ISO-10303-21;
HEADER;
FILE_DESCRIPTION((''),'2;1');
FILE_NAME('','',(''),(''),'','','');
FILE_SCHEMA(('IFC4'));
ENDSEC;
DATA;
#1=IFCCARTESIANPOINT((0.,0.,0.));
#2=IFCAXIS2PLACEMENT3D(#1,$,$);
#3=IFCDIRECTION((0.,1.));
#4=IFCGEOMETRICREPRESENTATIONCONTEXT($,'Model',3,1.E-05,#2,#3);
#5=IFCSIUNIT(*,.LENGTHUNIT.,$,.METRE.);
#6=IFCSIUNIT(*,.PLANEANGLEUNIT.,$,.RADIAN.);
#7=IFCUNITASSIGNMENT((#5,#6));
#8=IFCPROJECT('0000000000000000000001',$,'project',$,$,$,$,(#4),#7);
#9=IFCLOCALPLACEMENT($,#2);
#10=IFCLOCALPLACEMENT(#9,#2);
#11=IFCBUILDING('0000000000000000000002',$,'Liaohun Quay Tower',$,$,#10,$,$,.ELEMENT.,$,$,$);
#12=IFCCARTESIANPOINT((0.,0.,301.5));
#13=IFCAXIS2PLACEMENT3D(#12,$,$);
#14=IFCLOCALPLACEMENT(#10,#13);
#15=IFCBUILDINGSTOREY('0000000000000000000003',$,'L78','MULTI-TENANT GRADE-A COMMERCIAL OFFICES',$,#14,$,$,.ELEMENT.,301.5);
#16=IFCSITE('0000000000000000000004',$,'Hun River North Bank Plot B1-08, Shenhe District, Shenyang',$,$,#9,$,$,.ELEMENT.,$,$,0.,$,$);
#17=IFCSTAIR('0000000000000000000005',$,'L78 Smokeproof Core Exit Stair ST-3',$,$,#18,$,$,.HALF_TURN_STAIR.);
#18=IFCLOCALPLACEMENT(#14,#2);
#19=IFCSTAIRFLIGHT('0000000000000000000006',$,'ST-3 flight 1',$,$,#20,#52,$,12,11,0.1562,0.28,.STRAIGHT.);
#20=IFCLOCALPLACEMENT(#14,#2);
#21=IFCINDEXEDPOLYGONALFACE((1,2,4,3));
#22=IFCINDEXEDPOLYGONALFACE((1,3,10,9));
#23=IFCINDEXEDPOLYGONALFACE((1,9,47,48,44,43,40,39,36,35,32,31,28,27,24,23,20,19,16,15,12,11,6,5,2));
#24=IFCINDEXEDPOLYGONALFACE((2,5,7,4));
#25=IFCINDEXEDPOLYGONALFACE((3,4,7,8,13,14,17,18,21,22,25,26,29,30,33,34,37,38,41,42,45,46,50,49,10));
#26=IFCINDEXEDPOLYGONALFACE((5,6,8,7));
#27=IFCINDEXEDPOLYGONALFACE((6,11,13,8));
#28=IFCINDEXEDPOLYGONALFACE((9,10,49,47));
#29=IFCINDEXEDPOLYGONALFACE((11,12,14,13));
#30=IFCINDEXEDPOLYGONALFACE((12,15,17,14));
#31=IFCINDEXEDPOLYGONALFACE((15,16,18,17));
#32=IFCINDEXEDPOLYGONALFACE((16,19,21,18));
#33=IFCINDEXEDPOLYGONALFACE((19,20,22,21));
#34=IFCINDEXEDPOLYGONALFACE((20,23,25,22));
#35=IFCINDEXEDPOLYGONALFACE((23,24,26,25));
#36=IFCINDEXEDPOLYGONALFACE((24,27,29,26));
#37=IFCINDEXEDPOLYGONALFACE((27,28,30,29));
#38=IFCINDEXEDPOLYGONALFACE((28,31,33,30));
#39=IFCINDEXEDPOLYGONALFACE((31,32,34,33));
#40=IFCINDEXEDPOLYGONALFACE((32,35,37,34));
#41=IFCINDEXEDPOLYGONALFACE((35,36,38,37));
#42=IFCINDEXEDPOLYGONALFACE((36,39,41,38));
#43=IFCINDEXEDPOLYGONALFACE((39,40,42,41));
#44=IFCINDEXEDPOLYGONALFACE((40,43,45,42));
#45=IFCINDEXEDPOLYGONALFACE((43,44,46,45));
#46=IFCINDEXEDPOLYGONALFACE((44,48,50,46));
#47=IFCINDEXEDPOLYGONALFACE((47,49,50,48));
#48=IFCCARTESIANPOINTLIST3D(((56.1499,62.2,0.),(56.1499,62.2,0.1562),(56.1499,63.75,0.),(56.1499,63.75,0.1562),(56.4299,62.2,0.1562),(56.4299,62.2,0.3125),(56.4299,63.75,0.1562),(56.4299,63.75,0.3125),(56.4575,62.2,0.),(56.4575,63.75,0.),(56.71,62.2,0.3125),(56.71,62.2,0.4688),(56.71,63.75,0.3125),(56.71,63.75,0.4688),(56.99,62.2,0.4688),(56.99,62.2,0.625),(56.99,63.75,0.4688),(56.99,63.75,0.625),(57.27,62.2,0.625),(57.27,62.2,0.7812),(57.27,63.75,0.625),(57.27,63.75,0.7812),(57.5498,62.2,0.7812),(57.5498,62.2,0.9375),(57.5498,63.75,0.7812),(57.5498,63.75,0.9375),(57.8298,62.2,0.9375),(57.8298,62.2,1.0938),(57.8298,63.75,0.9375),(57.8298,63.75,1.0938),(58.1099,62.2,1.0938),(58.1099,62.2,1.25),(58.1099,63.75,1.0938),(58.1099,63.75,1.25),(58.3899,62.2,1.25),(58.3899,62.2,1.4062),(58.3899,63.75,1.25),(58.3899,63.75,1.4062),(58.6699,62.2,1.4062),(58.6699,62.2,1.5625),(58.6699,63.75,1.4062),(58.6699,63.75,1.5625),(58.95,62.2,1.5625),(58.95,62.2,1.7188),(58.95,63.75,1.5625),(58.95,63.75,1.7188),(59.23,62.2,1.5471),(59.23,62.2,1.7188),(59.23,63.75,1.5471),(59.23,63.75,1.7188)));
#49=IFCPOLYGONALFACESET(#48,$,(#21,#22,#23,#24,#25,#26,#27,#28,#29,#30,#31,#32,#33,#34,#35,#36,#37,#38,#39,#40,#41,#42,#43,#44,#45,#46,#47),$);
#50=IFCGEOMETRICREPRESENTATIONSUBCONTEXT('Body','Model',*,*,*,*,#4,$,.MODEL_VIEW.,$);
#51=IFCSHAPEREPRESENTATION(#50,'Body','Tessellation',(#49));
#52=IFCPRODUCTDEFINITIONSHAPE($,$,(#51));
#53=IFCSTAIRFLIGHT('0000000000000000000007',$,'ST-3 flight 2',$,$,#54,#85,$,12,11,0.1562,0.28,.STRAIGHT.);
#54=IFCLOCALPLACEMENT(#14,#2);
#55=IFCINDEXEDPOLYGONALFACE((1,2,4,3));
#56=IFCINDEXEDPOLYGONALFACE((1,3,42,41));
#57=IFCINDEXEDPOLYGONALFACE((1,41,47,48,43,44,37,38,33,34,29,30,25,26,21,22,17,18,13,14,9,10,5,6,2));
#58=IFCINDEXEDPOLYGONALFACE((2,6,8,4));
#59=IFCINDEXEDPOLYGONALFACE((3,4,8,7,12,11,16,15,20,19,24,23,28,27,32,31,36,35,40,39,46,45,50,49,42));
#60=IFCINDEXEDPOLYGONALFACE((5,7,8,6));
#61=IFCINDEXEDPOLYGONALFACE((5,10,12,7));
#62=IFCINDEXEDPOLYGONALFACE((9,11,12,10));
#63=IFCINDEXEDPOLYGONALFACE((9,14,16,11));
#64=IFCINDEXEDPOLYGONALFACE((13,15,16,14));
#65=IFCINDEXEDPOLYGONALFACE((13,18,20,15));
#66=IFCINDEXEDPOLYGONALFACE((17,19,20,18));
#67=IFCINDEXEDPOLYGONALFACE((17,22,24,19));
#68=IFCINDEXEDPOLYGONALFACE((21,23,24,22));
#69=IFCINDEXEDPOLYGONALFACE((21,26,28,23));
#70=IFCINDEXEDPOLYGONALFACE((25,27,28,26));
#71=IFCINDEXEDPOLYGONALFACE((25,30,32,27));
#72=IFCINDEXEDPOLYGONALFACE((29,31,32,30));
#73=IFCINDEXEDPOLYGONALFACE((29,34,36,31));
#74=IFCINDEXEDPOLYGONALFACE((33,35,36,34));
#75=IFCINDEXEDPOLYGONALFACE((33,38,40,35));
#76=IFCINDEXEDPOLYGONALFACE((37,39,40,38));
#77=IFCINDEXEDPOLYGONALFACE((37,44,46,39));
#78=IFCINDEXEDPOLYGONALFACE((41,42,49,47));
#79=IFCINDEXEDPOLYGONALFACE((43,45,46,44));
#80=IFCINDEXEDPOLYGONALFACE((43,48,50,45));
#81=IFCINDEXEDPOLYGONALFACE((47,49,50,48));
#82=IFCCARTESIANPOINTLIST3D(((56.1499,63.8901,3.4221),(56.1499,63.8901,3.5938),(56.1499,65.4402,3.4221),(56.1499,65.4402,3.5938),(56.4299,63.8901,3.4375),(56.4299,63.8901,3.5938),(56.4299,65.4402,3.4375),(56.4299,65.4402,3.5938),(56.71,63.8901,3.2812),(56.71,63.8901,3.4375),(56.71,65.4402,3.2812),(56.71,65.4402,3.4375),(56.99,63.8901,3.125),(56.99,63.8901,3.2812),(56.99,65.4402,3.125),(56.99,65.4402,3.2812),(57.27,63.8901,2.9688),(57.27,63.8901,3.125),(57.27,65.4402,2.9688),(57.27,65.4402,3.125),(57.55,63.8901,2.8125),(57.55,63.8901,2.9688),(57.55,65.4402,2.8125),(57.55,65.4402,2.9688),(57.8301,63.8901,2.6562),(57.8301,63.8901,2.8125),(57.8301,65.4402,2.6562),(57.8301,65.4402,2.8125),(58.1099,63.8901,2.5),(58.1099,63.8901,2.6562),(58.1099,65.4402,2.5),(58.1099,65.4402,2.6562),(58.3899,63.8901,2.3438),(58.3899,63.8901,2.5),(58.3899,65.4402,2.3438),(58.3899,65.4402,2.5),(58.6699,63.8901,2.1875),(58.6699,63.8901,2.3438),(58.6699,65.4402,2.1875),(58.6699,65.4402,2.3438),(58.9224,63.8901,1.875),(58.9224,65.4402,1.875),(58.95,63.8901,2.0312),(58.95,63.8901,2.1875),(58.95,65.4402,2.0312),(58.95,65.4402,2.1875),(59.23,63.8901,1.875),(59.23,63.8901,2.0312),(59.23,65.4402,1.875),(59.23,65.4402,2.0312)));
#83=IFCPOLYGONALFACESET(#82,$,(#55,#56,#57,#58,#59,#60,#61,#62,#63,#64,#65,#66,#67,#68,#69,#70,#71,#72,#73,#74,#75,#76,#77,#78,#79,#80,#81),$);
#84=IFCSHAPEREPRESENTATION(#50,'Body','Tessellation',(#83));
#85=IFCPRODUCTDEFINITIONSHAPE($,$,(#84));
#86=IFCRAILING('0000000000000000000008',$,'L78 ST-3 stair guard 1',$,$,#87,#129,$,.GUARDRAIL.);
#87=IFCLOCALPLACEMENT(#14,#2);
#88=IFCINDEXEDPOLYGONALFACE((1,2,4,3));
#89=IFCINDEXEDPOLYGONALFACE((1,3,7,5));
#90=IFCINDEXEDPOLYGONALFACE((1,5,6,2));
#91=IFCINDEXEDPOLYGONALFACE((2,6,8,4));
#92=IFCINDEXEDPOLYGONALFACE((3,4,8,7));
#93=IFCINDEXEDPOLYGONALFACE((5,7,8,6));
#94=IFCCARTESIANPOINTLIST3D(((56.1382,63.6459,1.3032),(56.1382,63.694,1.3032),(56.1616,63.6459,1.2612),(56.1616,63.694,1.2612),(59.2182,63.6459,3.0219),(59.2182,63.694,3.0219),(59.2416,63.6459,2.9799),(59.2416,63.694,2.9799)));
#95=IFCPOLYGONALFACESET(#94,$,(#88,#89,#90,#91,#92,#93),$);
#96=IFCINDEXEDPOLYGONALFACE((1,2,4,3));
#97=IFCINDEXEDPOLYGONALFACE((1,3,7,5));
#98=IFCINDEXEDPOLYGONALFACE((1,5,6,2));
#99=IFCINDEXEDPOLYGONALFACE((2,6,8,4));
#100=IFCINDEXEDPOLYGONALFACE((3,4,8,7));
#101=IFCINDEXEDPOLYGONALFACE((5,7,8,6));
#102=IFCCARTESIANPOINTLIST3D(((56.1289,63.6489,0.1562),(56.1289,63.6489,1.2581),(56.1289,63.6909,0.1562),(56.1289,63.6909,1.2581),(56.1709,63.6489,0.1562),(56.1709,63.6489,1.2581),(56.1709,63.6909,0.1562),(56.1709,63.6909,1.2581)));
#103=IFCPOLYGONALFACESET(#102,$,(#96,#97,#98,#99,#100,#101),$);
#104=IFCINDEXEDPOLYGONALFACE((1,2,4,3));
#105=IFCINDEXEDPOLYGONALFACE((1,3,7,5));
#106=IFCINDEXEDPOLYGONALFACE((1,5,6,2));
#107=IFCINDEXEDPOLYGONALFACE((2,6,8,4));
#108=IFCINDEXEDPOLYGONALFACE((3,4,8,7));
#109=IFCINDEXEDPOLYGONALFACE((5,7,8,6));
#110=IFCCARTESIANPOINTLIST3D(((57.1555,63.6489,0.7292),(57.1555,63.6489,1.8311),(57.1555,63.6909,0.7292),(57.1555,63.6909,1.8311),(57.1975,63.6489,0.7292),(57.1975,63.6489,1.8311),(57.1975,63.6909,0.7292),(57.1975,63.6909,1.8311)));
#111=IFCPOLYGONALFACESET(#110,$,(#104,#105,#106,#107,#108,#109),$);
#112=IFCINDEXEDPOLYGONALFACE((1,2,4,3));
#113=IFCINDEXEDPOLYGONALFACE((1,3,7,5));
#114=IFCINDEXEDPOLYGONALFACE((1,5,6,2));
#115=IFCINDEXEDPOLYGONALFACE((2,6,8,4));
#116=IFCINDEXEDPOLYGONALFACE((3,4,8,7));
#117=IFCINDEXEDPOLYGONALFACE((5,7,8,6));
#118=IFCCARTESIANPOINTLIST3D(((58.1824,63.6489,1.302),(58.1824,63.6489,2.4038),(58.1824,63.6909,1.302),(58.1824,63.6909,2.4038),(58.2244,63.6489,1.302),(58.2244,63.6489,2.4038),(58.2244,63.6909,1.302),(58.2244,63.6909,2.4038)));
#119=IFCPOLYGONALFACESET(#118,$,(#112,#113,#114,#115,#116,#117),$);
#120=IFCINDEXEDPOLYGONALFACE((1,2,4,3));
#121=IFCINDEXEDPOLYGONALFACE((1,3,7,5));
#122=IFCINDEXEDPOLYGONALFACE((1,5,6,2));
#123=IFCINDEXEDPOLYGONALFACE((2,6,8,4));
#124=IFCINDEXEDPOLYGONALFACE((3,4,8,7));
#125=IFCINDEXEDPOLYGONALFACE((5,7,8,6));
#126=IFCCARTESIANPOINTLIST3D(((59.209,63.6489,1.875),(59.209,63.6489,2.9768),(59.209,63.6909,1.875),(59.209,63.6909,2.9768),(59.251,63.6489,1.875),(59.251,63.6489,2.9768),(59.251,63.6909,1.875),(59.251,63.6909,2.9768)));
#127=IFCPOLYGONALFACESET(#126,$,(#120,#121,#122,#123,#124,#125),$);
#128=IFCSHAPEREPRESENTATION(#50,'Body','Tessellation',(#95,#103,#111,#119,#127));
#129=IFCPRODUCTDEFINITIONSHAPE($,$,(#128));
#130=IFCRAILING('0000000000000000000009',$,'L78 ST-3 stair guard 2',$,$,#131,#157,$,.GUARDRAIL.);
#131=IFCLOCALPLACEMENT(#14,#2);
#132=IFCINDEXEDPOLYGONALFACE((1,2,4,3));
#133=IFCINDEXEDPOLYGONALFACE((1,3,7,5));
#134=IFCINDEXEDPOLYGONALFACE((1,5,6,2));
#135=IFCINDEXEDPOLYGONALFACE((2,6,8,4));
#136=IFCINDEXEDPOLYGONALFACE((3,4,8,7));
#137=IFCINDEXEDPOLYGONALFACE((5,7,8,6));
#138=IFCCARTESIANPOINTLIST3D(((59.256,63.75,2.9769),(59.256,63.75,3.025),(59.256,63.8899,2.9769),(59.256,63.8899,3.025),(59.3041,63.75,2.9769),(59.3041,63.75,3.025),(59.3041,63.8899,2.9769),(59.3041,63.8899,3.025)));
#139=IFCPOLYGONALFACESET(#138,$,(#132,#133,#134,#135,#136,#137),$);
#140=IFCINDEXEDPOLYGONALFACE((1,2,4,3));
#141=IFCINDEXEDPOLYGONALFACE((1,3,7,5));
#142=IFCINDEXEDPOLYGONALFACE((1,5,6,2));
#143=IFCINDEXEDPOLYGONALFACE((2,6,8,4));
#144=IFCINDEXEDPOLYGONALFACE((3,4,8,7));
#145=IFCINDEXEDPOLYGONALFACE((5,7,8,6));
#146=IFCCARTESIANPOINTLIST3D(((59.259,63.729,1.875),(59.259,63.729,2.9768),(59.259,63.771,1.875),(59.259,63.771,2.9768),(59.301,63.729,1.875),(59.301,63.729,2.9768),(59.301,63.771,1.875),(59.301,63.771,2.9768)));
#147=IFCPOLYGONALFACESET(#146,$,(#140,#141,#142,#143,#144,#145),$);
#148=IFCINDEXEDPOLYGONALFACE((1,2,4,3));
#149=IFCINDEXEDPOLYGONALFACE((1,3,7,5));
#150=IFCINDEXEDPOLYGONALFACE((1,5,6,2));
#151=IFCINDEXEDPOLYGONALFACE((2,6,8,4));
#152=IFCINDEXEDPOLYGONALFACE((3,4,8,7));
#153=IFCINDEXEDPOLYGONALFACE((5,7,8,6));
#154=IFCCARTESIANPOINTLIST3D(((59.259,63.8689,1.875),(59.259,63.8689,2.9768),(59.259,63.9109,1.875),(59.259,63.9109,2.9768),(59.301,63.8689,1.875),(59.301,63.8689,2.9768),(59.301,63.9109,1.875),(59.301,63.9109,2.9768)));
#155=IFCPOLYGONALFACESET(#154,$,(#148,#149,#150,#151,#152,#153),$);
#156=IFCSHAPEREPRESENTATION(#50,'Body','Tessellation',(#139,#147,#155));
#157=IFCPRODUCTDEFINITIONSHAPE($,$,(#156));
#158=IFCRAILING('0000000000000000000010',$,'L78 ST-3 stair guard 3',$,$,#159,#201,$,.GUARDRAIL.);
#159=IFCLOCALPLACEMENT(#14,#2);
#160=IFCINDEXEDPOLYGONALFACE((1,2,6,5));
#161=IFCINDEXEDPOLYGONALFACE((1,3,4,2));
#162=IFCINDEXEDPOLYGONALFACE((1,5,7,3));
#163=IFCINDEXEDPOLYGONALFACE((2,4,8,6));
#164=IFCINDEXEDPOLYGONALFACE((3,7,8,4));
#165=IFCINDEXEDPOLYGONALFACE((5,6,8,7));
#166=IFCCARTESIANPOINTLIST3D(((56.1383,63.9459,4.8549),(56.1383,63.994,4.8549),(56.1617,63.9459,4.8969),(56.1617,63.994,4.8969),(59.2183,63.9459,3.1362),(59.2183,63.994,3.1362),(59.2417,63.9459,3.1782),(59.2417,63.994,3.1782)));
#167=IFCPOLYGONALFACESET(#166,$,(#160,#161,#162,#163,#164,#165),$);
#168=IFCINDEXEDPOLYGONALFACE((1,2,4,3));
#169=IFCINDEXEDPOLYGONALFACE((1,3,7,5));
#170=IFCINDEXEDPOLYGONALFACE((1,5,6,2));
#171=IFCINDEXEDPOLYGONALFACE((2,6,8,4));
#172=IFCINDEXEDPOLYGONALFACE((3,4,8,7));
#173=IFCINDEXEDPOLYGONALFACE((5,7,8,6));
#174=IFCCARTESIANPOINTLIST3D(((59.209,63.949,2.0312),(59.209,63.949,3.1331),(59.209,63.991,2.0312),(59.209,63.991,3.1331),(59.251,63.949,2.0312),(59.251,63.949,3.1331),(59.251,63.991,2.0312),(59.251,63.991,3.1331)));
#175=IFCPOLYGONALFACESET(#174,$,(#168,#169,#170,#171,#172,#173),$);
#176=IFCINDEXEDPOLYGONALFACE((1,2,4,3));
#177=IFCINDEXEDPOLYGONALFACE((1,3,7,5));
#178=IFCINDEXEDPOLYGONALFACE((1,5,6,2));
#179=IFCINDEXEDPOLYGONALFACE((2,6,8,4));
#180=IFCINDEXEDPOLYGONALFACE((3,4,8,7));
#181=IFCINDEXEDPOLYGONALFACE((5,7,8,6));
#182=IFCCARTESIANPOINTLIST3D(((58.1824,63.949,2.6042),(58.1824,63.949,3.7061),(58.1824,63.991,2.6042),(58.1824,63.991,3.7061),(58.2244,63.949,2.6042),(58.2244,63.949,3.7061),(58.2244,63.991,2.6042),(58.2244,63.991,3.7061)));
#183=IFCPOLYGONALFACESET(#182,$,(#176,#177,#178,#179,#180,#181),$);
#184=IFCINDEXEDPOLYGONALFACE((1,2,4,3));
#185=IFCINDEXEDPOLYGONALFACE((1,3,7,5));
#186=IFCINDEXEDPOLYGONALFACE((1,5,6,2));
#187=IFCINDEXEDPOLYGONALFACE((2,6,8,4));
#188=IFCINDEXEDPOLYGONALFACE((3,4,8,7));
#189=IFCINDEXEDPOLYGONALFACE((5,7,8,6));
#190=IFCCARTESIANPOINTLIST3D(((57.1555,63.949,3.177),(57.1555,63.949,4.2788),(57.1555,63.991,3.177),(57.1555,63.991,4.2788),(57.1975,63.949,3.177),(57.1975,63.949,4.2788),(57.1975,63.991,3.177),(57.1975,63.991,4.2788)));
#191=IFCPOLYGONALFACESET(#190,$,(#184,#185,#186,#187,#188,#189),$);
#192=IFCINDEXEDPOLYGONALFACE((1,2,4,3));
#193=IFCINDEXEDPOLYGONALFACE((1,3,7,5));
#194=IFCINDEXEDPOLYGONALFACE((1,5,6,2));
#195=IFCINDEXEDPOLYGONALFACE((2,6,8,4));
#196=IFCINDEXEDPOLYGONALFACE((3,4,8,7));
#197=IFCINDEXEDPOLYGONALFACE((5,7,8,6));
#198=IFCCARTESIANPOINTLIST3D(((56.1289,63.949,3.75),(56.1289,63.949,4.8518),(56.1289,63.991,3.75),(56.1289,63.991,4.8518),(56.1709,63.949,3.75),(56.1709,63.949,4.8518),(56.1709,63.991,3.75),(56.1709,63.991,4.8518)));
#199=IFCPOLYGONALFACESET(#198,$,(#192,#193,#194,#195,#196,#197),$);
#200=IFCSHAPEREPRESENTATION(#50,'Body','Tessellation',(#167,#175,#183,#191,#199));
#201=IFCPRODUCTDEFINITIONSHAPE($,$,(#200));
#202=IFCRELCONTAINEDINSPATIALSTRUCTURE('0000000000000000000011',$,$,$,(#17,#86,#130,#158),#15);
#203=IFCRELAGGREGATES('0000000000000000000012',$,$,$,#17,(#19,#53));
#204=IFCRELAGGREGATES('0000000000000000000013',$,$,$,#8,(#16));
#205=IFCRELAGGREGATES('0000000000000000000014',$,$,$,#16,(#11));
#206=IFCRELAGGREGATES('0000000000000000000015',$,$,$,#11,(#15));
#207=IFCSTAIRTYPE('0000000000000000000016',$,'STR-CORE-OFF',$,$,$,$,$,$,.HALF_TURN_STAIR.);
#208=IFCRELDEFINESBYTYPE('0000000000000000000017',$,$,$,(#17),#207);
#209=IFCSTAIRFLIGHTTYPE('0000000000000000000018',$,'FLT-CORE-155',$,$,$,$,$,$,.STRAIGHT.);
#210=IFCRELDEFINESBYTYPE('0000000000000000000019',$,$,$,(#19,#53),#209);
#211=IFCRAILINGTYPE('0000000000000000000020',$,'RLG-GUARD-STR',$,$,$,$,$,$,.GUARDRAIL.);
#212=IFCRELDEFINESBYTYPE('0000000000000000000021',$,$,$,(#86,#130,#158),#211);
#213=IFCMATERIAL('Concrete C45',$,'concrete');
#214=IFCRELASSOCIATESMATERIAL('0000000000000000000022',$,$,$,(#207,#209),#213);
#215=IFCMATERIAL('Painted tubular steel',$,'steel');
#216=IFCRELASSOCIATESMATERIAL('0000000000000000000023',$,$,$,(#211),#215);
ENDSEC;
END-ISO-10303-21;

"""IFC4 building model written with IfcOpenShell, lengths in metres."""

from ifc_helpers import new_model, si_unit, direction, frame, origin, origin_2d, place, context, subcontext, project, spatial, polyline, rectangle, outline, extrude, material, type_object, element, aggregate, save


model = new_model("IFC4")

# Units and contexts
model_context = context("Model", 3, precision=1e-05, world=origin(), true_north=direction((0.0, 1.0)))
body_context = subcontext(model_context, "Body", "Model", "MODEL_VIEW")
ifc_project = project(units=[si_unit("LENGTHUNIT", "METRE"), si_unit("PLANEANGLEUNIT", "RADIAN")], contexts=[model_context])

# Site, building, storey
site_placement = place(None, origin())
site = spatial("IfcSite", under=ifc_project, at=site_placement, Name="Hun River North Bank Plot B1-08, Shenhe District, Shenyang", CompositionType="ELEMENT", RefElevation=0.0)
building_placement = place(site_placement, origin())
building = spatial("IfcBuilding", under=site, at=building_placement, Name="Liaohun Quay Tower", CompositionType="ELEMENT")
storey_placement = place(building_placement, frame((0.0, 0.0, 301.5)))
storey = spatial("IfcBuildingStorey", under=building, at=storey_placement, Name="L78", Description="MULTI-TENANT GRADE-A COMMERCIAL OFFICES", CompositionType="ELEMENT", Elevation=301.5)

# Stair, stair flights
ifc_material_1 = material(Name="Concrete C45", Category="concrete")
stair_type = type_object("IfcStairType", Name="STR-CORE-OFF", PredefinedType="HALF_TURN_STAIR", material=ifc_material_1)
stair_placement = place(storey_placement, origin())
stair = element("IfcStair", 1, at=stair_placement, inside=storey, type_object=stair_type, Name="L78 Smokeproof Core Exit Stair ST-3", PredefinedType="HALF_TURN_STAIR")
stair_flight_type = type_object("IfcStairFlightType", Name="FLT-CORE-155", PredefinedType="STRAIGHT", material=ifc_material_1)
stair_flight_1_placement = place(storey_placement, frame((56.1499, 62.9751, 0.0), z_axis=(0.0, 0.0, 1.0), x_axis=(1.0, 0.0, 0.0)))
stair_flight_1 = element("IfcStairFlight", 2, at=stair_flight_1_placement, type_object=stair_flight_type, Name="ST-3 flight 1", NumberOfRisers=12, NumberOfTreads=11, PredefinedType="STRAIGHT", RiserHeight=0.1562, TreadLength=0.28, context=body_context, shape_type="SweptSolid", body=[
    extrude(outline(polyline([(0.0, 0.0), (0.0, 0.1562), (0.28, 0.1562), (0.28, 0.3125), (0.5601, 0.3125), (0.5601, 0.4688), (0.8401, 0.4688), (0.8401, 0.625), (1.1201, 0.625), (1.1201, 0.7812), (1.3999, 0.7812), (1.3999, 0.9375), (1.6799, 0.9375), (1.6799, 1.0938), (1.96, 1.0938), (1.96, 1.25), (2.24, 1.25), (2.24, 1.4062), (2.52, 1.4062), (2.52, 1.5625), (2.8, 1.5625), (2.8, 1.7188), (3.0801, 1.7188), (3.0801, 1.875), (3.0801, 1.5471), (0.3076, 0.0), (0.0, 0.0)])), frame((0.0, 0.7749, 0.0), z_axis=(0.0, -1.0, 0.0), x_axis=(1.0, 0.0, 0.0)), (0.0, 0.0, 1.0), 1.55),
])
stair_flight_2_placement = place(storey_placement, frame((59.23, 64.665, 1.875), z_axis=(0.0, 0.0, 1.0), x_axis=(-1.0, 0.0, 0.0)))
stair_flight_2 = element("IfcStairFlight", 3, at=stair_flight_2_placement, type_object=stair_flight_type, Name="ST-3 flight 2", NumberOfRisers=12, NumberOfTreads=11, PredefinedType="STRAIGHT", RiserHeight=0.1562, TreadLength=0.28, context=body_context, shape_type="SweptSolid", body=[
    extrude(outline(polyline([(0.0, 0.0), (0.0, 0.1562), (0.28, 0.1562), (0.28, 0.3125), (0.5601, 0.3125), (0.5601, 0.4688), (0.8401, 0.4688), (0.8401, 0.625), (1.1201, 0.625), (1.1201, 0.7812), (1.3999, 0.7812), (1.3999, 0.9375), (1.6799, 0.9375), (1.6799, 1.0938), (1.96, 1.0938), (1.96, 1.25), (2.24, 1.25), (2.24, 1.4062), (2.52, 1.4062), (2.52, 1.5625), (2.8, 1.5625), (2.8, 1.7188), (3.0801, 1.7188), (3.0801, 1.875), (3.0801, 1.5471), (0.3076, 0.0), (0.0, 0.0)])), frame((0.0, 0.7749, 0.0), z_axis=(0.0, -1.0, 0.0), x_axis=(1.0, 0.0, 0.0)), (0.0, 0.0, 1.0), 1.55),
])
aggregate(stair, [stair_flight_1, stair_flight_2])

# Railings
ifc_material_2 = material(Name="Painted tubular steel", Category="steel")
railing_type_1 = type_object("IfcRailingType", Name="RLG-GUARD-STR", PredefinedType="GUARDRAIL", material=ifc_material_2)
railing_1_placement = place(storey_placement, frame((56.1499, 63.6699, 0.1562)))
element("IfcRailing", 4, at=railing_1_placement, inside=storey, type_object=railing_type_1, Name="L78 ST-3 stair guard 1", PredefinedType="GUARDRAIL", context=body_context, shape_type="SweptSolid", body=[
    extrude(rectangle(XDim=0.0481, YDim=0.0481, at=origin_2d()), frame((0.0, 0.0, 1.126), z_axis=(0.873242, 0.0, 0.487288), x_axis=(0.0, 1.0, 0.0)), (0.0, 0.0, 1.0), 3.5271),
    extrude(rectangle(XDim=0.042, YDim=0.042, at=origin_2d()), origin(), (0.0, 0.0, 1.0), 1.1018),
    extrude(rectangle(XDim=0.042, YDim=0.042, at=origin_2d()), frame((1.0266, 0.0, 0.573)), (0.0, 0.0, 1.0), 1.1018),
    extrude(rectangle(XDim=0.042, YDim=0.042, at=origin_2d()), frame((2.0535, 0.0, 1.1458)), (0.0, 0.0, 1.0), 1.1018),
    extrude(rectangle(XDim=0.042, YDim=0.042, at=origin_2d()), frame((3.0801, 0.0, 1.7188)), (0.0, 0.0, 1.0), 1.1018),
])
railing_2_placement = place(storey_placement, frame((59.28, 63.75, 1.875)))
element("IfcRailing", 5, at=railing_2_placement, inside=storey, type_object=railing_type_1, Name="L78 ST-3 stair guard 2", PredefinedType="GUARDRAIL", context=body_context, shape_type="SweptSolid", body=[
    extrude(rectangle(XDim=0.0481, YDim=0.0481, at=origin_2d()), frame((0.0, 0.0, 1.126), z_axis=(0.0, 1.0, 0.0), x_axis=(-1.0, 0.0, 0.0)), (0.0, 0.0, 1.0), 0.1399),
    extrude(rectangle(XDim=0.042, YDim=0.042, at=origin_2d()), origin(), (0.0, 0.0, 1.0), 1.1018),
    extrude(rectangle(XDim=0.042, YDim=0.042, at=origin_2d()), frame((0.0, 0.1399, 0.0)), (0.0, 0.0, 1.0), 1.1018),
])
railing_3_placement = place(storey_placement, frame((59.23, 63.97, 2.0312)))
element("IfcRailing", 6, at=railing_3_placement, inside=storey, type_object=railing_type_1, Name="L78 ST-3 stair guard 3", PredefinedType="GUARDRAIL", context=body_context, shape_type="SweptSolid", body=[
    extrude(rectangle(XDim=0.0481, YDim=0.0481, at=origin_2d()), frame((0.0, 0.0, 1.126), z_axis=(-0.873242, 0.0, 0.487288), x_axis=(0.0, -1.0, 0.0)), (0.0, 0.0, 1.0), 3.5271),
    extrude(rectangle(XDim=0.042, YDim=0.042, at=origin_2d()), origin(), (0.0, 0.0, 1.0), 1.1018),
    extrude(rectangle(XDim=0.042, YDim=0.042, at=origin_2d()), frame((-1.0266, 0.0, 0.573)), (0.0, 0.0, 1.0), 1.1018),
    extrude(rectangle(XDim=0.042, YDim=0.042, at=origin_2d()), frame((-2.0535, 0.0, 1.1458)), (0.0, 0.0, 1.0), 1.1018),
    extrude(rectangle(XDim=0.042, YDim=0.042, at=origin_2d()), frame((-3.0801, 0.0, 1.7188)), (0.0, 0.0, 1.0), 1.1018),
])

save(model, "model.ifc")
